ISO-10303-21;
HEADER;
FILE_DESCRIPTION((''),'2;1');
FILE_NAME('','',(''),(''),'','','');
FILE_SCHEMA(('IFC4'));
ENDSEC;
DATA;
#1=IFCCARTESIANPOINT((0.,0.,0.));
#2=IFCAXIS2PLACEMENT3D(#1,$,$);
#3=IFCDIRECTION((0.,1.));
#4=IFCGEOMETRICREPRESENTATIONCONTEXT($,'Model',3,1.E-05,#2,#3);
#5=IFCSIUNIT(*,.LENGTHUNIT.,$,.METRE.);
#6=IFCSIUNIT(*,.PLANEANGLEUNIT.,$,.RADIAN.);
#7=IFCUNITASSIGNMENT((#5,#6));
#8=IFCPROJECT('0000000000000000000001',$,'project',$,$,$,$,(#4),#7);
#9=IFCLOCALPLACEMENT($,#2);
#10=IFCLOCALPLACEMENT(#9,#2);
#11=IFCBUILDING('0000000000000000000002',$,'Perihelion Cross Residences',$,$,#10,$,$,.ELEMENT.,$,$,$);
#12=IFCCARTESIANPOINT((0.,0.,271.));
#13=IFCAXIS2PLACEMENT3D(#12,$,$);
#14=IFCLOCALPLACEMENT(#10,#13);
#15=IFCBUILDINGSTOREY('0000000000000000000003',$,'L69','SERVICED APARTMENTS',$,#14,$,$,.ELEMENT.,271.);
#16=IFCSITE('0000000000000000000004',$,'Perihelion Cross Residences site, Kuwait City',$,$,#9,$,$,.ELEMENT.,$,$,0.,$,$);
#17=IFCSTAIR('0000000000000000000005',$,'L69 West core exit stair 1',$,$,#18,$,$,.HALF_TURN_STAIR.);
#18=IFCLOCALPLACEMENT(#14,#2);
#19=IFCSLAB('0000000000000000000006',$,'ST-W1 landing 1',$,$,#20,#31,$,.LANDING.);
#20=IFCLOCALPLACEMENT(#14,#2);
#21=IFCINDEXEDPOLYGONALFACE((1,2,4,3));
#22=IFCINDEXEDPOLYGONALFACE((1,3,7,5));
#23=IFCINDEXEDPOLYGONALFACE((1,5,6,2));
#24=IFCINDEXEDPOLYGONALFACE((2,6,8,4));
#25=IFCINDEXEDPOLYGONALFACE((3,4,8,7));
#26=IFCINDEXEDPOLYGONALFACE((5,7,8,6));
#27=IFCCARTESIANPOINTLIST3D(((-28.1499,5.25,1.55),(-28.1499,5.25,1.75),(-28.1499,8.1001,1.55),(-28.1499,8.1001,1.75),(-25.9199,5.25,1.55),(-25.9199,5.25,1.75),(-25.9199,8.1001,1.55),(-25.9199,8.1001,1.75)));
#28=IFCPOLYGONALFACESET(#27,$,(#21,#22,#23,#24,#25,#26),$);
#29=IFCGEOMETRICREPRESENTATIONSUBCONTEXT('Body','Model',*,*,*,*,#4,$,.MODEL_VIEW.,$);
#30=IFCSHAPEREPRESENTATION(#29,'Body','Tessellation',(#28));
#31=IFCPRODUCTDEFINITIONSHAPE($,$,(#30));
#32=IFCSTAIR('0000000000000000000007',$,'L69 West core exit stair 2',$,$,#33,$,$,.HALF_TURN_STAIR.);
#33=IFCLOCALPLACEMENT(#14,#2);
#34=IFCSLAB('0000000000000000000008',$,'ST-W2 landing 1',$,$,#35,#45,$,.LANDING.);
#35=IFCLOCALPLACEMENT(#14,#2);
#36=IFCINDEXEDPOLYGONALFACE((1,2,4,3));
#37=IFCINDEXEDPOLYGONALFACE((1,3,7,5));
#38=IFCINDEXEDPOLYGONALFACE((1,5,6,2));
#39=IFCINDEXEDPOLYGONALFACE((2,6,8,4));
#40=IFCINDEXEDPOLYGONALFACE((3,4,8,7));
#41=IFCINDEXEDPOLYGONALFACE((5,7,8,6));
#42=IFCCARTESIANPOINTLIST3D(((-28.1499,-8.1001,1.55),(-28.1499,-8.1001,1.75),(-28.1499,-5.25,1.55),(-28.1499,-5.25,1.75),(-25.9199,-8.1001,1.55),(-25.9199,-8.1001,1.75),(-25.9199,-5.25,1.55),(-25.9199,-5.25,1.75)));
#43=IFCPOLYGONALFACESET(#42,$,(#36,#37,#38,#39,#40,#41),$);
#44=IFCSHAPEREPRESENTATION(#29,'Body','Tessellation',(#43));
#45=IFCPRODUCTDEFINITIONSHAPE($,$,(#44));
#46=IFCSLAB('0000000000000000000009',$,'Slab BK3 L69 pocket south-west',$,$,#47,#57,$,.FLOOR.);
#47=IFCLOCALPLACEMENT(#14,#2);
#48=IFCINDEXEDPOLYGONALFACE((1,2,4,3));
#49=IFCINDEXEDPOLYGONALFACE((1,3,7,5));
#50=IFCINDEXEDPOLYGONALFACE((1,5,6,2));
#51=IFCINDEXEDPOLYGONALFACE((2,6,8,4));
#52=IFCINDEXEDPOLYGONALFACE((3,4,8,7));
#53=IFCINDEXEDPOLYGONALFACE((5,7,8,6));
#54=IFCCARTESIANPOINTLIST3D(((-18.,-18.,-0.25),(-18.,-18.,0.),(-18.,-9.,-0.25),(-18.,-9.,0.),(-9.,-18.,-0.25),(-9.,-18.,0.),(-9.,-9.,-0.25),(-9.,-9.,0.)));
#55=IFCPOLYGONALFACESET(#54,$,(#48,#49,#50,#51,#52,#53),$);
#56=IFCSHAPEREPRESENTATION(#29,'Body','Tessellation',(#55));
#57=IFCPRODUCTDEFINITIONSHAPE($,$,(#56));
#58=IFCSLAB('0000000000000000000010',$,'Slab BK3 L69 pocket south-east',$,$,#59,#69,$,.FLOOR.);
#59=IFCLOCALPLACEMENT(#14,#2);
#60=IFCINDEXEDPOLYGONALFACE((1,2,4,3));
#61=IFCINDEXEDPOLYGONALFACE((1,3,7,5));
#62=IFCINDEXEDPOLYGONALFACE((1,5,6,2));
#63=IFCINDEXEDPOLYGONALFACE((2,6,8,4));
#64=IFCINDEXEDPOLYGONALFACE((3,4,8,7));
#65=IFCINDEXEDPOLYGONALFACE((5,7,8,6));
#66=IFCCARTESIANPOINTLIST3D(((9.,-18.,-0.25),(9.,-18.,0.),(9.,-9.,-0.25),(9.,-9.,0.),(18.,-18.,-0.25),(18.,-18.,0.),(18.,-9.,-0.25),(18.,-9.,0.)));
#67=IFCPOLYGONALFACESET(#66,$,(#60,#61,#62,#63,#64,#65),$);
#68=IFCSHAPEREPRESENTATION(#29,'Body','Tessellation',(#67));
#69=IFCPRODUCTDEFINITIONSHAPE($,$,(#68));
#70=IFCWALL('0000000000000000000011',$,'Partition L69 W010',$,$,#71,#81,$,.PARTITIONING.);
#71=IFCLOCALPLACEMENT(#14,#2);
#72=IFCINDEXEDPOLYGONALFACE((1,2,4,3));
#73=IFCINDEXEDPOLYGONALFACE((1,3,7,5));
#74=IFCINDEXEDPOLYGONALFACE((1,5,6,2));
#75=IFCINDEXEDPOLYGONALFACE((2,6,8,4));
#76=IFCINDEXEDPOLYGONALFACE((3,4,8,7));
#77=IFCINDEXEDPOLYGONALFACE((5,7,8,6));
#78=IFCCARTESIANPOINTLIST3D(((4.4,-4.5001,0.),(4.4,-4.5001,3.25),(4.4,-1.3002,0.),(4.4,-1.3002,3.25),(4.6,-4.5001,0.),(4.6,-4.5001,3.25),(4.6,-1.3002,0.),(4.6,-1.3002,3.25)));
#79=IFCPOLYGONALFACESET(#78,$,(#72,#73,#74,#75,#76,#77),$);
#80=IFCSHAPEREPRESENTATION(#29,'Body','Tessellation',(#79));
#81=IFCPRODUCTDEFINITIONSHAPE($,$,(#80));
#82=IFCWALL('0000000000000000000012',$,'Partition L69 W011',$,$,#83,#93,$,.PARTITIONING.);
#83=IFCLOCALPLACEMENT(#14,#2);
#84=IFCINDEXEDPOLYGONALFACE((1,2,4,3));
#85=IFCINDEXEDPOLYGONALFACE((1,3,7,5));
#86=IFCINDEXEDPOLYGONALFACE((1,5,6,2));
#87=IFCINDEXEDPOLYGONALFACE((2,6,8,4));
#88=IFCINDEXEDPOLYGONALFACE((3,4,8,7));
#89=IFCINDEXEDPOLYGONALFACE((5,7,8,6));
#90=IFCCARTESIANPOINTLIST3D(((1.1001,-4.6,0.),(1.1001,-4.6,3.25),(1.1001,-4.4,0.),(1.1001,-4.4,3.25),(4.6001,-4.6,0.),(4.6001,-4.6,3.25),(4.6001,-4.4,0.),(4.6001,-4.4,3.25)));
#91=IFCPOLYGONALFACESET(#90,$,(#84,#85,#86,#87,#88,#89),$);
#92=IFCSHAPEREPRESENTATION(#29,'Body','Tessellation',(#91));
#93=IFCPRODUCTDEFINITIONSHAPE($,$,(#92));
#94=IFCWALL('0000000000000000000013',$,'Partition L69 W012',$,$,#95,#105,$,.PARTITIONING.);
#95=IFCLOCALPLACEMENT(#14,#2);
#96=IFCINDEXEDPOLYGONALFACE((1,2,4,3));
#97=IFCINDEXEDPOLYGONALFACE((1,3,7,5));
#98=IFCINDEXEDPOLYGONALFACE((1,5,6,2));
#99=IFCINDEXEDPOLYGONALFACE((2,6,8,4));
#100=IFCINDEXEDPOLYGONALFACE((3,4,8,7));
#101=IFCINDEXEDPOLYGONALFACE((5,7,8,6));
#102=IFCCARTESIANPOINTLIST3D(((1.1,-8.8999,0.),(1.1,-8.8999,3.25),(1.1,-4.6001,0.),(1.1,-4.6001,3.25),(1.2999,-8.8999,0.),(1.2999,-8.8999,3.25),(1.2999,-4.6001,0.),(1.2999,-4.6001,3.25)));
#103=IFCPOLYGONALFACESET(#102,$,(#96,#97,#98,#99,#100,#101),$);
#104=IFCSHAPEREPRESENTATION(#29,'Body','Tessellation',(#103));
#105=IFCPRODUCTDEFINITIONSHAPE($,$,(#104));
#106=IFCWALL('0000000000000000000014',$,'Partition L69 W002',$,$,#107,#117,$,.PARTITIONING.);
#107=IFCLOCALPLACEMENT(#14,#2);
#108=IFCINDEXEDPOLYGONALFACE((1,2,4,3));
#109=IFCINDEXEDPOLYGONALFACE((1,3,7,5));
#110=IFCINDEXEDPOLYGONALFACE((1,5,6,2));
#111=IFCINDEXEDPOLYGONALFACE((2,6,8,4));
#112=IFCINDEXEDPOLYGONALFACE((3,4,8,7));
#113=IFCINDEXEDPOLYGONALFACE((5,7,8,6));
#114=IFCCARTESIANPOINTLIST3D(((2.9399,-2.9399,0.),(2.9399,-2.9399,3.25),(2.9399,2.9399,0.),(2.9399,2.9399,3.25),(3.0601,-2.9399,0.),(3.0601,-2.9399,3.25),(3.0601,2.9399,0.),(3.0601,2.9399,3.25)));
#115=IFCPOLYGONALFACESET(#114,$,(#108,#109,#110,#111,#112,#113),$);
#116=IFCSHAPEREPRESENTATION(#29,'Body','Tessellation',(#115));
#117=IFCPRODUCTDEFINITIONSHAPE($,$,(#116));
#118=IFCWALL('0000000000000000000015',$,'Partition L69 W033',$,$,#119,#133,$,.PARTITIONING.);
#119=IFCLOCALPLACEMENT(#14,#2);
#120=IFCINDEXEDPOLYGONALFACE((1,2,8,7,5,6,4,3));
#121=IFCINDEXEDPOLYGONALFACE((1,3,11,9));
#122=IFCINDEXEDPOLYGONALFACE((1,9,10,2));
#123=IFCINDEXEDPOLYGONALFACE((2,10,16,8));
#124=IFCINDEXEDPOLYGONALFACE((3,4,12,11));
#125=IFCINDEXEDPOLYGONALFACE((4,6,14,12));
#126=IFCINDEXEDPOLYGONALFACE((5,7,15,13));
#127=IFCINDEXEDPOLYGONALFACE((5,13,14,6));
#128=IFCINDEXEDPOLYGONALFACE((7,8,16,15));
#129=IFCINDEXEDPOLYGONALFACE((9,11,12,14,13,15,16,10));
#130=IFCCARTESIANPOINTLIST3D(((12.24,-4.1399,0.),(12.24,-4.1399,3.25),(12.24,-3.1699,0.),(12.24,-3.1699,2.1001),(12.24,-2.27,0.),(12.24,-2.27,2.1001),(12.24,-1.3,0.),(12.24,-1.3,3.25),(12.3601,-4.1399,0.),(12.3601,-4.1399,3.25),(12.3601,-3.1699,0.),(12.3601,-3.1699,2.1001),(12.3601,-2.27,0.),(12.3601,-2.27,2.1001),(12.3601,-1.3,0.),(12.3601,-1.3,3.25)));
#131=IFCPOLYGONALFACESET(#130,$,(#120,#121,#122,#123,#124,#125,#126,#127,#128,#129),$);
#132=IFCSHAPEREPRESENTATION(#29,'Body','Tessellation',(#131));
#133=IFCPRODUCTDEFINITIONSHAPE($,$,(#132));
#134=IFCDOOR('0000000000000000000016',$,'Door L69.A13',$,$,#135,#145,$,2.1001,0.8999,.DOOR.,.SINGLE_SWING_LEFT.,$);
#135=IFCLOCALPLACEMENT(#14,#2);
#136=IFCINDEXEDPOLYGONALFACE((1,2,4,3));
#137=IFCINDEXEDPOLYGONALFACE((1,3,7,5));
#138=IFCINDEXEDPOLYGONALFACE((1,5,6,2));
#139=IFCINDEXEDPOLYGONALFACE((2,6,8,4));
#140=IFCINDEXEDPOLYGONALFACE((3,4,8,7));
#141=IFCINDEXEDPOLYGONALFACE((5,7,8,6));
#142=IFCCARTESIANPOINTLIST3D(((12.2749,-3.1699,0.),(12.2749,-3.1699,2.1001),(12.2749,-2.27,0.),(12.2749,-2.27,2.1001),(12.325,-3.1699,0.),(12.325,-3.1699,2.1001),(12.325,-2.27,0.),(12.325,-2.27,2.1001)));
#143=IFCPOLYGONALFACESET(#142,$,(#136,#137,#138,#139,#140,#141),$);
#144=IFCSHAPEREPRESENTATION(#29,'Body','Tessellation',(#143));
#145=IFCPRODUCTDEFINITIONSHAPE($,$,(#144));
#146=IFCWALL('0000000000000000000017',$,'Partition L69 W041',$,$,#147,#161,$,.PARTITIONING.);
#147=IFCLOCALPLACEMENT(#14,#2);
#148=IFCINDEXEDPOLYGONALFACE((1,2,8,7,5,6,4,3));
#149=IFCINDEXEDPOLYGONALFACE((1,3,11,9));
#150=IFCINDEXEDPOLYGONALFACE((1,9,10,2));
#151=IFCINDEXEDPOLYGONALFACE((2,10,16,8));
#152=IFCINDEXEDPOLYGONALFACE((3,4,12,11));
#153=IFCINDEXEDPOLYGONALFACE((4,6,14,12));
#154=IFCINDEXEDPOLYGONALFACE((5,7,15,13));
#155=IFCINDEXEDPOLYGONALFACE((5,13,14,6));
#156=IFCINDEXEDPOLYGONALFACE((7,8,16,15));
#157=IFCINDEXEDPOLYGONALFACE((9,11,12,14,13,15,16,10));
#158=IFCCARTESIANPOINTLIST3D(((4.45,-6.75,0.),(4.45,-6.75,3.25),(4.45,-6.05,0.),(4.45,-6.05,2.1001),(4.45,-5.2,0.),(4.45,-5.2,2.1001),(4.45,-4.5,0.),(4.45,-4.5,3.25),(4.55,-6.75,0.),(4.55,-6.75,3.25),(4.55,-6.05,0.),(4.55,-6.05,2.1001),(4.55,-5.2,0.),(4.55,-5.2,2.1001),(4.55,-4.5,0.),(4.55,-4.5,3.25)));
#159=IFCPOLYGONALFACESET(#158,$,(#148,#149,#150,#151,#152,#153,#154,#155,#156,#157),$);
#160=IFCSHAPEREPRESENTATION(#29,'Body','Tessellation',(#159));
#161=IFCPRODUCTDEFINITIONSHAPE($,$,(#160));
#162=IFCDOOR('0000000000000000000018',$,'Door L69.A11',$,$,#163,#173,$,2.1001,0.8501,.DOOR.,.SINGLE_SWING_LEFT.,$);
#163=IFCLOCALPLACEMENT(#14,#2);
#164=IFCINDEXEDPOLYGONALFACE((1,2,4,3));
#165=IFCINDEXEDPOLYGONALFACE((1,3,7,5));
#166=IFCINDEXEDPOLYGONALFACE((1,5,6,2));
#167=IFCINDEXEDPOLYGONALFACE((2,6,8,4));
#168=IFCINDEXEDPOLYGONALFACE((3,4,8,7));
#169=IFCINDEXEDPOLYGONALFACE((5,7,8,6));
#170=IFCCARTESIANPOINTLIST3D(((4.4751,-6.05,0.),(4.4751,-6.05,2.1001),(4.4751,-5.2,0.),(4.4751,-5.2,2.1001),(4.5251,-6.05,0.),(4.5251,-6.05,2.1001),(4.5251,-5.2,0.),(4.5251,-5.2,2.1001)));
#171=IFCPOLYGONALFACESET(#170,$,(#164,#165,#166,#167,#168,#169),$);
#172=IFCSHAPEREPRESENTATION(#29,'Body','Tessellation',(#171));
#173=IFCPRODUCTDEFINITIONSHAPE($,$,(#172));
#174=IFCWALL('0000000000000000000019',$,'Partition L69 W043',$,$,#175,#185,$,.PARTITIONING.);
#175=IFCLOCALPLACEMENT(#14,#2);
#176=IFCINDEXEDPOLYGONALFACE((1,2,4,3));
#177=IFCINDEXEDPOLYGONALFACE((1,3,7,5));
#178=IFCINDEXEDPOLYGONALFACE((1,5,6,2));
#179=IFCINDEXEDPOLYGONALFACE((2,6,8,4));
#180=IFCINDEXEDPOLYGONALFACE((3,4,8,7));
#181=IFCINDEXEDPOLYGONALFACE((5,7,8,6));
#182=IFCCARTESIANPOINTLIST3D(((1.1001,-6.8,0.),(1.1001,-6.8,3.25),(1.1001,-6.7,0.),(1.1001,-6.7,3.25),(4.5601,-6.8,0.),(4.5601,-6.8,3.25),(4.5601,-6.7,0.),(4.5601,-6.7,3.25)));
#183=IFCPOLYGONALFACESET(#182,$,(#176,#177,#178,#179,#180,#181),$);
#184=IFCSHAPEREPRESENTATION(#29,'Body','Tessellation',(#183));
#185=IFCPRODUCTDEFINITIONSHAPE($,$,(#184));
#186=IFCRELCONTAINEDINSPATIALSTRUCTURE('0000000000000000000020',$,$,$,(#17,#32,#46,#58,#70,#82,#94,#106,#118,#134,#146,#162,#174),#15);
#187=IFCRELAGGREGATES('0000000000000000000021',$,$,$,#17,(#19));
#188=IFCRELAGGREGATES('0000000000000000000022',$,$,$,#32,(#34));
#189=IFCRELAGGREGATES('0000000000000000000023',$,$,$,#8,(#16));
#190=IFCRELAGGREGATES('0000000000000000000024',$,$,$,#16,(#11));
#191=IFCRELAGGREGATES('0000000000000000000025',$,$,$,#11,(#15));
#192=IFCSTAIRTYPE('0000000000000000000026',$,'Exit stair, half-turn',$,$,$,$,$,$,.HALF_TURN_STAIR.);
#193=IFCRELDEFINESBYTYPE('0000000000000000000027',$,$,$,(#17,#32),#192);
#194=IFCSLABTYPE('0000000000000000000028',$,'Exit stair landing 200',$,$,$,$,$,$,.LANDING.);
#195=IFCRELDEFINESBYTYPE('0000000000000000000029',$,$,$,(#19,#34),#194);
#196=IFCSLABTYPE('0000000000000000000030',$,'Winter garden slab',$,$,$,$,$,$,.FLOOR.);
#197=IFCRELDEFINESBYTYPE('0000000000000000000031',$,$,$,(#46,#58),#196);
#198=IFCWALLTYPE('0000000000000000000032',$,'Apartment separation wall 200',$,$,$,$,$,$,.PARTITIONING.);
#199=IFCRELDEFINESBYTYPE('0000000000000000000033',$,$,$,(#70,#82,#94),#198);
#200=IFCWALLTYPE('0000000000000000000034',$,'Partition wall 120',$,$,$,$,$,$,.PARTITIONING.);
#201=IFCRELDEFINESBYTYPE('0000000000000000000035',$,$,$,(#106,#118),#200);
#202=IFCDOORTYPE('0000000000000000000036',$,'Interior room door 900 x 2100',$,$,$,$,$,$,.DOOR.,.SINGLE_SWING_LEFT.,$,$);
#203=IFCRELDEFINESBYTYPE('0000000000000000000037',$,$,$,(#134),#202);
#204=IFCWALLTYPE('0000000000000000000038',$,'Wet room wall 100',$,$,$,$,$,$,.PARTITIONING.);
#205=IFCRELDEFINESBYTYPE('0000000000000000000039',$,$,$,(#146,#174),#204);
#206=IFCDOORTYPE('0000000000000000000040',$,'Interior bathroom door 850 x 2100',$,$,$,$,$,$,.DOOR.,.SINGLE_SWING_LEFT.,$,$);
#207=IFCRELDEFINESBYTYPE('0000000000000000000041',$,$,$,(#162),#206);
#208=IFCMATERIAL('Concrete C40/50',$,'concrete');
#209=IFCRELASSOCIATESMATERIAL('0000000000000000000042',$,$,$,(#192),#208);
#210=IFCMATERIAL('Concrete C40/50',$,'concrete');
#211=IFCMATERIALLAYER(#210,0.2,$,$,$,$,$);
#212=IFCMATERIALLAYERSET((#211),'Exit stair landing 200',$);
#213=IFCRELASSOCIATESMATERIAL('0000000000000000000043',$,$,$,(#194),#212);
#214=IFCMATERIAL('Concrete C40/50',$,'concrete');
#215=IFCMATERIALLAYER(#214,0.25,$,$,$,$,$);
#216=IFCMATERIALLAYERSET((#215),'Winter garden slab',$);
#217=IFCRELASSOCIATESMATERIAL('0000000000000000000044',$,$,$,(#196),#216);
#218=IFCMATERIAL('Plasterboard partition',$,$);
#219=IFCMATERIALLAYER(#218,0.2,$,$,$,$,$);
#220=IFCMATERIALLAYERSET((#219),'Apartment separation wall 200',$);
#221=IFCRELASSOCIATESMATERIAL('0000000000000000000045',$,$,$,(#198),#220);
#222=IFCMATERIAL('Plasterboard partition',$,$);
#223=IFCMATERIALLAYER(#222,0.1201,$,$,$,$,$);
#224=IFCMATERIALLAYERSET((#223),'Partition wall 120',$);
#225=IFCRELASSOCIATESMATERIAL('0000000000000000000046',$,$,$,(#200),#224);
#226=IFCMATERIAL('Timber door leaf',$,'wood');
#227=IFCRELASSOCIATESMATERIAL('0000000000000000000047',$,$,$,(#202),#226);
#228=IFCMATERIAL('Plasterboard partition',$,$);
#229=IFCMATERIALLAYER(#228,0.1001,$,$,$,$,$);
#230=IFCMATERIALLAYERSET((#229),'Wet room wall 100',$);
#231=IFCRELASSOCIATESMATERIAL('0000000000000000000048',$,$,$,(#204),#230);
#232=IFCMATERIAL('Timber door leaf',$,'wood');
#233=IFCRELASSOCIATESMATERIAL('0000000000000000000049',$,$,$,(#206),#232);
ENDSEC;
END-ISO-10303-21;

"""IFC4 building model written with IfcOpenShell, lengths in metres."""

from ifc_helpers import new_model, si_unit, direction, frame, frame_2d, origin, place, context, subcontext, project, spatial, polyline, rectangle, outline, extrude, material, layer, layer_set, type_object, element, fill, aggregate, save


model = new_model("IFC4")

# Units and contexts
model_context = context("Model", 3, precision=1e-05, world=origin(), true_north=direction((0.0, 1.0)))
body_context = subcontext(model_context, "Body", "Model", "MODEL_VIEW")
ifc_project = project(units=[si_unit("LENGTHUNIT", "METRE"), si_unit("PLANEANGLEUNIT", "RADIAN")], contexts=[model_context])

# Site, building, storey
site_placement = place(None, origin())
site = spatial("IfcSite", under=ifc_project, at=site_placement, Name="Perihelion Cross Residences site, Kuwait City", CompositionType="ELEMENT", RefElevation=0.0)
building_placement = place(site_placement, origin())
building = spatial("IfcBuilding", under=site, at=building_placement, Name="Perihelion Cross Residences", CompositionType="ELEMENT")
storey_placement = place(building_placement, frame((0.0, 0.0, 271.0)))
storey = spatial("IfcBuildingStorey", under=building, at=storey_placement, Name="L69", Description="SERVICED APARTMENTS", CompositionType="ELEMENT", Elevation=271.0)

# Stairs, slabs
ifc_material_1 = material(Name="Concrete C40/50", Category="concrete")
stair_type = type_object("IfcStairType", Name="Exit stair, half-turn", PredefinedType="HALF_TURN_STAIR", material=ifc_material_1)
ifc_material_2 = material(Name="Concrete C40/50", Category="concrete")
ifc_layer_1 = layer(ifc_material_2, 0.2)
ifc_layer_set_1 = layer_set([ifc_layer_1], Name="Exit stair landing 200")
slab_type_1 = type_object("IfcSlabType", Name="Exit stair landing 200", PredefinedType="LANDING", material=ifc_layer_set_1)
stair_1_placement = place(storey_placement, origin())
stair_1 = element("IfcStair", 1, at=stair_1_placement, inside=storey, type_object=stair_type, Name="L69 West core exit stair 1", PredefinedType="HALF_TURN_STAIR")
slab_1_placement = place(storey_placement, frame((0.0, 0.0, 1.55)))
slab_1 = element("IfcSlab", 2, at=slab_1_placement, type_object=slab_type_1, Name="ST-W1 landing 1", PredefinedType="LANDING", context=body_context, shape_type="SweptSolid", body=[
    extrude(outline(polyline([(-25.9199, 8.1001), (-28.1499, 8.1001), (-28.1499, 5.25), (-25.9199, 5.25), (-25.9199, 8.1001)])), origin(), (0.0, 0.0, 1.0), 0.2),
])
aggregate(stair_1, [slab_1])
stair_2_placement = place(storey_placement, origin())
stair_2 = element("IfcStair", 3, at=stair_2_placement, inside=storey, type_object=stair_type, Name="L69 West core exit stair 2", PredefinedType="HALF_TURN_STAIR")
slab_2_placement = place(storey_placement, frame((0.0, 0.0, 1.55)))
slab_2 = element("IfcSlab", 4, at=slab_2_placement, type_object=slab_type_1, Name="ST-W2 landing 1", PredefinedType="LANDING", context=body_context, shape_type="SweptSolid", body=[
    extrude(outline(polyline([(-25.9199, -5.25), (-28.1499, -5.25), (-28.1499, -8.1001), (-25.9199, -8.1001), (-25.9199, -5.25)])), origin(), (0.0, 0.0, 1.0), 0.2),
])
aggregate(stair_2, [slab_2])

# Slabs
ifc_material_3 = material(Name="Concrete C40/50", Category="concrete")
ifc_layer_2 = layer(ifc_material_3, 0.25)
ifc_layer_set_2 = layer_set([ifc_layer_2], Name="Winter garden slab")
slab_type_2 = type_object("IfcSlabType", Name="Winter garden slab", PredefinedType="FLOOR", material=ifc_layer_set_2)
slab_3_placement = place(storey_placement, frame((0.0, 0.0, -0.25)))
element("IfcSlab", 5, at=slab_3_placement, inside=storey, type_object=slab_type_2, Name="Slab BK3 L69 pocket south-west", PredefinedType="FLOOR", context=body_context, shape_type="SweptSolid", body=[
    extrude(outline(polyline([(-9.0, -18.0), (-9.0, -9.0), (-18.0, -9.0), (-18.0, -18.0), (-9.0, -18.0)])), origin(), (0.0, 0.0, 1.0), 0.25),
])
slab_4_placement = place(storey_placement, frame((0.0, 0.0, -0.25)))
element("IfcSlab", 6, at=slab_4_placement, inside=storey, type_object=slab_type_2, Name="Slab BK3 L69 pocket south-east", PredefinedType="FLOOR", context=body_context, shape_type="SweptSolid", body=[
    extrude(outline(polyline([(18.0, -18.0), (18.0, -9.0), (9.0, -9.0), (9.0, -18.0), (18.0, -18.0)])), origin(), (0.0, 0.0, 1.0), 0.25),
])

# Walls
ifc_material_4 = material(Name="Plasterboard partition")
ifc_layer_3 = layer(ifc_material_4, 0.2)
ifc_layer_set_3 = layer_set([ifc_layer_3], Name="Apartment separation wall 200")
wall_type_1 = type_object("IfcWallType", Name="Apartment separation wall 200", PredefinedType="PARTITIONING", material=ifc_layer_set_3)
wall_1_placement = place(storey_placement, frame((4.5, -1.3, 0.0), z_axis=(0.0, 0.0, 1.0), x_axis=(0.0, -1.0, 0.0)))
element("IfcWall", 7, at=wall_1_placement, inside=storey, type_object=wall_type_1, Name="Partition L69 W010", PredefinedType="PARTITIONING", context=body_context, shape_type="SweptSolid", body=[
    extrude(rectangle(XDim=3.2, YDim=0.2, at=frame_2d((1.6001, 0.0))), origin(), (0.0, 0.0, 1.0), 3.25),
])
wall_2_placement = place(storey_placement, frame((4.6001, -4.5, 0.0), z_axis=(0.0, 0.0, 1.0), x_axis=(-1.0, 0.0, 0.0)))
element("IfcWall", 8, at=wall_2_placement, inside=storey, type_object=wall_type_1, Name="Partition L69 W011", PredefinedType="PARTITIONING", context=body_context, shape_type="SweptSolid", body=[
    extrude(rectangle(XDim=3.5, YDim=0.2, at=frame_2d((1.75, 0.0))), origin(), (0.0, 0.0, 1.0), 3.25),
])
wall_3_placement = place(storey_placement, frame((1.2, -4.6001, 0.0), z_axis=(0.0, 0.0, 1.0), x_axis=(0.0, -1.0, 0.0)))
element("IfcWall", 9, at=wall_3_placement, inside=storey, type_object=wall_type_1, Name="Partition L69 W012", PredefinedType="PARTITIONING", context=body_context, shape_type="SweptSolid", body=[
    extrude(rectangle(XDim=4.2998, YDim=0.2, at=frame_2d((2.1499, 0.0))), origin(), (0.0, 0.0, 1.0), 3.25),
])
ifc_material_5 = material(Name="Plasterboard partition")
ifc_layer_4 = layer(ifc_material_5, 0.1201)
ifc_layer_set_4 = layer_set([ifc_layer_4], Name="Partition wall 120")
wall_type_2 = type_object("IfcWallType", Name="Partition wall 120", PredefinedType="PARTITIONING", material=ifc_layer_set_4)
wall_4_placement = place(storey_placement, frame((3.0, -2.9399, 0.0), z_axis=(0.0, 0.0, 1.0), x_axis=(0.0, 1.0, 0.0)))
element("IfcWall", 10, at=wall_4_placement, inside=storey, type_object=wall_type_2, Name="Partition L69 W002", PredefinedType="PARTITIONING", context=body_context, shape_type="SweptSolid", body=[
    extrude(rectangle(XDim=5.8799, YDim=0.1201, at=frame_2d((2.9399, 0.0))), origin(), (0.0, 0.0, 1.0), 3.25),
])

# Walls, openings, doors
wall_5_placement = place(storey_placement, frame((12.3, -1.3, 0.0), z_axis=(0.0, 0.0, 1.0), x_axis=(0.0, -1.0, 0.0)))
wall_5 = element("IfcWall", 11, at=wall_5_placement, inside=storey, type_object=wall_type_2, Name="Partition L69 W033", PredefinedType="PARTITIONING", context=body_context, shape_type="SweptSolid", body=[
    extrude(rectangle(XDim=2.8398, YDim=0.1201, at=frame_2d((1.4199, 0.0))), origin(), (0.0, 0.0, 1.0), 3.25),
])
opening_1_placement = place(wall_5_placement, frame((0.97, 0.0, 0.0)))
opening_1 = element("IfcOpeningElement", 12, at=opening_1_placement, cuts=wall_5, PredefinedType="OPENING", context=body_context, shape_type="SweptSolid", body=[
    extrude(rectangle(XDim=0.8999, YDim=2.1001, at=frame_2d((0.45, 1.05))), frame((0.0, 0.0701, 0.0), z_axis=(0.0, -1.0, 0.0), x_axis=(1.0, 0.0, 0.0)), (0.0, 0.0, 1.0), 0.1401),
])
ifc_material_6 = material(Name="Timber door leaf", Category="wood")
door_type_1 = type_object("IfcDoorType", Name="Interior room door 900 x 2100", OperationType="SINGLE_SWING_LEFT", PredefinedType="DOOR", material=ifc_material_6)
door_1_placement = place(opening_1_placement, origin())
door_1 = element("IfcDoor", 13, at=door_1_placement, inside=storey, type_object=door_type_1, Name="Door L69.A13", OperationType="SINGLE_SWING_LEFT", OverallHeight=2.1001, OverallWidth=0.8999, PredefinedType="DOOR", context=body_context, shape_type="SweptSolid", body=[
    extrude(rectangle(XDim=0.8999, YDim=2.1001, at=frame_2d((0.45, 1.05))), frame((0.0, 0.0249, 0.0), z_axis=(0.0, -1.0, 0.0), x_axis=(1.0, 0.0, 0.0)), (0.0, 0.0, 1.0), 0.05),
])
fill(opening_1, door_1)
ifc_material_7 = material(Name="Plasterboard partition")
ifc_layer_5 = layer(ifc_material_7, 0.1001)
ifc_layer_set_5 = layer_set([ifc_layer_5], Name="Wet room wall 100")
wall_type_3 = type_object("IfcWallType", Name="Wet room wall 100", PredefinedType="PARTITIONING", material=ifc_layer_set_5)
wall_6_placement = place(storey_placement, frame((4.5, -6.75, 0.0), z_axis=(0.0, 0.0, 1.0), x_axis=(0.0, 1.0, 0.0)))
wall_6 = element("IfcWall", 14, at=wall_6_placement, inside=storey, type_object=wall_type_3, Name="Partition L69 W041", PredefinedType="PARTITIONING", context=body_context, shape_type="SweptSolid", body=[
    extrude(rectangle(XDim=2.25, YDim=0.1001, at=frame_2d((1.125, 0.0))), origin(), (0.0, 0.0, 1.0), 3.25),
])
opening_2_placement = place(wall_6_placement, frame((0.7, 0.0, 0.0)))
opening_2 = element("IfcOpeningElement", 15, at=opening_2_placement, cuts=wall_6, PredefinedType="OPENING", context=body_context, shape_type="SweptSolid", body=[
    extrude(rectangle(XDim=0.8501, YDim=2.1001, at=frame_2d((0.425, 1.05))), frame((0.0, 0.0601, 0.0), z_axis=(0.0, -1.0, 0.0), x_axis=(1.0, 0.0, 0.0)), (0.0, 0.0, 1.0), 0.1201),
])
ifc_material_8 = material(Name="Timber door leaf", Category="wood")
door_type_2 = type_object("IfcDoorType", Name="Interior bathroom door 850 x 2100", OperationType="SINGLE_SWING_LEFT", PredefinedType="DOOR", material=ifc_material_8)
door_2_placement = place(opening_2_placement, origin())
door_2 = element("IfcDoor", 16, at=door_2_placement, inside=storey, type_object=door_type_2, Name="Door L69.A11", OperationType="SINGLE_SWING_LEFT", OverallHeight=2.1001, OverallWidth=0.8501, PredefinedType="DOOR", context=body_context, shape_type="SweptSolid", body=[
    extrude(rectangle(XDim=0.8501, YDim=2.1001, at=frame_2d((0.425, 1.05))), frame((0.0, 0.0249, 0.0), z_axis=(0.0, -1.0, 0.0), x_axis=(1.0, 0.0, 0.0)), (0.0, 0.0, 1.0), 0.05),
])
fill(opening_2, door_2)

# Wall
wall_7_placement = place(storey_placement, frame((4.5601, -6.75, 0.0), z_axis=(0.0, 0.0, 1.0), x_axis=(-1.0, 0.0, 0.0)))
element("IfcWall", 17, at=wall_7_placement, inside=storey, type_object=wall_type_3, Name="Partition L69 W043", PredefinedType="PARTITIONING", context=body_context, shape_type="SweptSolid", body=[
    extrude(rectangle(XDim=3.46, YDim=0.1001, at=frame_2d((1.73, 0.0))), origin(), (0.0, 0.0, 1.0), 3.25),
])

save(model, "model.ifc")
